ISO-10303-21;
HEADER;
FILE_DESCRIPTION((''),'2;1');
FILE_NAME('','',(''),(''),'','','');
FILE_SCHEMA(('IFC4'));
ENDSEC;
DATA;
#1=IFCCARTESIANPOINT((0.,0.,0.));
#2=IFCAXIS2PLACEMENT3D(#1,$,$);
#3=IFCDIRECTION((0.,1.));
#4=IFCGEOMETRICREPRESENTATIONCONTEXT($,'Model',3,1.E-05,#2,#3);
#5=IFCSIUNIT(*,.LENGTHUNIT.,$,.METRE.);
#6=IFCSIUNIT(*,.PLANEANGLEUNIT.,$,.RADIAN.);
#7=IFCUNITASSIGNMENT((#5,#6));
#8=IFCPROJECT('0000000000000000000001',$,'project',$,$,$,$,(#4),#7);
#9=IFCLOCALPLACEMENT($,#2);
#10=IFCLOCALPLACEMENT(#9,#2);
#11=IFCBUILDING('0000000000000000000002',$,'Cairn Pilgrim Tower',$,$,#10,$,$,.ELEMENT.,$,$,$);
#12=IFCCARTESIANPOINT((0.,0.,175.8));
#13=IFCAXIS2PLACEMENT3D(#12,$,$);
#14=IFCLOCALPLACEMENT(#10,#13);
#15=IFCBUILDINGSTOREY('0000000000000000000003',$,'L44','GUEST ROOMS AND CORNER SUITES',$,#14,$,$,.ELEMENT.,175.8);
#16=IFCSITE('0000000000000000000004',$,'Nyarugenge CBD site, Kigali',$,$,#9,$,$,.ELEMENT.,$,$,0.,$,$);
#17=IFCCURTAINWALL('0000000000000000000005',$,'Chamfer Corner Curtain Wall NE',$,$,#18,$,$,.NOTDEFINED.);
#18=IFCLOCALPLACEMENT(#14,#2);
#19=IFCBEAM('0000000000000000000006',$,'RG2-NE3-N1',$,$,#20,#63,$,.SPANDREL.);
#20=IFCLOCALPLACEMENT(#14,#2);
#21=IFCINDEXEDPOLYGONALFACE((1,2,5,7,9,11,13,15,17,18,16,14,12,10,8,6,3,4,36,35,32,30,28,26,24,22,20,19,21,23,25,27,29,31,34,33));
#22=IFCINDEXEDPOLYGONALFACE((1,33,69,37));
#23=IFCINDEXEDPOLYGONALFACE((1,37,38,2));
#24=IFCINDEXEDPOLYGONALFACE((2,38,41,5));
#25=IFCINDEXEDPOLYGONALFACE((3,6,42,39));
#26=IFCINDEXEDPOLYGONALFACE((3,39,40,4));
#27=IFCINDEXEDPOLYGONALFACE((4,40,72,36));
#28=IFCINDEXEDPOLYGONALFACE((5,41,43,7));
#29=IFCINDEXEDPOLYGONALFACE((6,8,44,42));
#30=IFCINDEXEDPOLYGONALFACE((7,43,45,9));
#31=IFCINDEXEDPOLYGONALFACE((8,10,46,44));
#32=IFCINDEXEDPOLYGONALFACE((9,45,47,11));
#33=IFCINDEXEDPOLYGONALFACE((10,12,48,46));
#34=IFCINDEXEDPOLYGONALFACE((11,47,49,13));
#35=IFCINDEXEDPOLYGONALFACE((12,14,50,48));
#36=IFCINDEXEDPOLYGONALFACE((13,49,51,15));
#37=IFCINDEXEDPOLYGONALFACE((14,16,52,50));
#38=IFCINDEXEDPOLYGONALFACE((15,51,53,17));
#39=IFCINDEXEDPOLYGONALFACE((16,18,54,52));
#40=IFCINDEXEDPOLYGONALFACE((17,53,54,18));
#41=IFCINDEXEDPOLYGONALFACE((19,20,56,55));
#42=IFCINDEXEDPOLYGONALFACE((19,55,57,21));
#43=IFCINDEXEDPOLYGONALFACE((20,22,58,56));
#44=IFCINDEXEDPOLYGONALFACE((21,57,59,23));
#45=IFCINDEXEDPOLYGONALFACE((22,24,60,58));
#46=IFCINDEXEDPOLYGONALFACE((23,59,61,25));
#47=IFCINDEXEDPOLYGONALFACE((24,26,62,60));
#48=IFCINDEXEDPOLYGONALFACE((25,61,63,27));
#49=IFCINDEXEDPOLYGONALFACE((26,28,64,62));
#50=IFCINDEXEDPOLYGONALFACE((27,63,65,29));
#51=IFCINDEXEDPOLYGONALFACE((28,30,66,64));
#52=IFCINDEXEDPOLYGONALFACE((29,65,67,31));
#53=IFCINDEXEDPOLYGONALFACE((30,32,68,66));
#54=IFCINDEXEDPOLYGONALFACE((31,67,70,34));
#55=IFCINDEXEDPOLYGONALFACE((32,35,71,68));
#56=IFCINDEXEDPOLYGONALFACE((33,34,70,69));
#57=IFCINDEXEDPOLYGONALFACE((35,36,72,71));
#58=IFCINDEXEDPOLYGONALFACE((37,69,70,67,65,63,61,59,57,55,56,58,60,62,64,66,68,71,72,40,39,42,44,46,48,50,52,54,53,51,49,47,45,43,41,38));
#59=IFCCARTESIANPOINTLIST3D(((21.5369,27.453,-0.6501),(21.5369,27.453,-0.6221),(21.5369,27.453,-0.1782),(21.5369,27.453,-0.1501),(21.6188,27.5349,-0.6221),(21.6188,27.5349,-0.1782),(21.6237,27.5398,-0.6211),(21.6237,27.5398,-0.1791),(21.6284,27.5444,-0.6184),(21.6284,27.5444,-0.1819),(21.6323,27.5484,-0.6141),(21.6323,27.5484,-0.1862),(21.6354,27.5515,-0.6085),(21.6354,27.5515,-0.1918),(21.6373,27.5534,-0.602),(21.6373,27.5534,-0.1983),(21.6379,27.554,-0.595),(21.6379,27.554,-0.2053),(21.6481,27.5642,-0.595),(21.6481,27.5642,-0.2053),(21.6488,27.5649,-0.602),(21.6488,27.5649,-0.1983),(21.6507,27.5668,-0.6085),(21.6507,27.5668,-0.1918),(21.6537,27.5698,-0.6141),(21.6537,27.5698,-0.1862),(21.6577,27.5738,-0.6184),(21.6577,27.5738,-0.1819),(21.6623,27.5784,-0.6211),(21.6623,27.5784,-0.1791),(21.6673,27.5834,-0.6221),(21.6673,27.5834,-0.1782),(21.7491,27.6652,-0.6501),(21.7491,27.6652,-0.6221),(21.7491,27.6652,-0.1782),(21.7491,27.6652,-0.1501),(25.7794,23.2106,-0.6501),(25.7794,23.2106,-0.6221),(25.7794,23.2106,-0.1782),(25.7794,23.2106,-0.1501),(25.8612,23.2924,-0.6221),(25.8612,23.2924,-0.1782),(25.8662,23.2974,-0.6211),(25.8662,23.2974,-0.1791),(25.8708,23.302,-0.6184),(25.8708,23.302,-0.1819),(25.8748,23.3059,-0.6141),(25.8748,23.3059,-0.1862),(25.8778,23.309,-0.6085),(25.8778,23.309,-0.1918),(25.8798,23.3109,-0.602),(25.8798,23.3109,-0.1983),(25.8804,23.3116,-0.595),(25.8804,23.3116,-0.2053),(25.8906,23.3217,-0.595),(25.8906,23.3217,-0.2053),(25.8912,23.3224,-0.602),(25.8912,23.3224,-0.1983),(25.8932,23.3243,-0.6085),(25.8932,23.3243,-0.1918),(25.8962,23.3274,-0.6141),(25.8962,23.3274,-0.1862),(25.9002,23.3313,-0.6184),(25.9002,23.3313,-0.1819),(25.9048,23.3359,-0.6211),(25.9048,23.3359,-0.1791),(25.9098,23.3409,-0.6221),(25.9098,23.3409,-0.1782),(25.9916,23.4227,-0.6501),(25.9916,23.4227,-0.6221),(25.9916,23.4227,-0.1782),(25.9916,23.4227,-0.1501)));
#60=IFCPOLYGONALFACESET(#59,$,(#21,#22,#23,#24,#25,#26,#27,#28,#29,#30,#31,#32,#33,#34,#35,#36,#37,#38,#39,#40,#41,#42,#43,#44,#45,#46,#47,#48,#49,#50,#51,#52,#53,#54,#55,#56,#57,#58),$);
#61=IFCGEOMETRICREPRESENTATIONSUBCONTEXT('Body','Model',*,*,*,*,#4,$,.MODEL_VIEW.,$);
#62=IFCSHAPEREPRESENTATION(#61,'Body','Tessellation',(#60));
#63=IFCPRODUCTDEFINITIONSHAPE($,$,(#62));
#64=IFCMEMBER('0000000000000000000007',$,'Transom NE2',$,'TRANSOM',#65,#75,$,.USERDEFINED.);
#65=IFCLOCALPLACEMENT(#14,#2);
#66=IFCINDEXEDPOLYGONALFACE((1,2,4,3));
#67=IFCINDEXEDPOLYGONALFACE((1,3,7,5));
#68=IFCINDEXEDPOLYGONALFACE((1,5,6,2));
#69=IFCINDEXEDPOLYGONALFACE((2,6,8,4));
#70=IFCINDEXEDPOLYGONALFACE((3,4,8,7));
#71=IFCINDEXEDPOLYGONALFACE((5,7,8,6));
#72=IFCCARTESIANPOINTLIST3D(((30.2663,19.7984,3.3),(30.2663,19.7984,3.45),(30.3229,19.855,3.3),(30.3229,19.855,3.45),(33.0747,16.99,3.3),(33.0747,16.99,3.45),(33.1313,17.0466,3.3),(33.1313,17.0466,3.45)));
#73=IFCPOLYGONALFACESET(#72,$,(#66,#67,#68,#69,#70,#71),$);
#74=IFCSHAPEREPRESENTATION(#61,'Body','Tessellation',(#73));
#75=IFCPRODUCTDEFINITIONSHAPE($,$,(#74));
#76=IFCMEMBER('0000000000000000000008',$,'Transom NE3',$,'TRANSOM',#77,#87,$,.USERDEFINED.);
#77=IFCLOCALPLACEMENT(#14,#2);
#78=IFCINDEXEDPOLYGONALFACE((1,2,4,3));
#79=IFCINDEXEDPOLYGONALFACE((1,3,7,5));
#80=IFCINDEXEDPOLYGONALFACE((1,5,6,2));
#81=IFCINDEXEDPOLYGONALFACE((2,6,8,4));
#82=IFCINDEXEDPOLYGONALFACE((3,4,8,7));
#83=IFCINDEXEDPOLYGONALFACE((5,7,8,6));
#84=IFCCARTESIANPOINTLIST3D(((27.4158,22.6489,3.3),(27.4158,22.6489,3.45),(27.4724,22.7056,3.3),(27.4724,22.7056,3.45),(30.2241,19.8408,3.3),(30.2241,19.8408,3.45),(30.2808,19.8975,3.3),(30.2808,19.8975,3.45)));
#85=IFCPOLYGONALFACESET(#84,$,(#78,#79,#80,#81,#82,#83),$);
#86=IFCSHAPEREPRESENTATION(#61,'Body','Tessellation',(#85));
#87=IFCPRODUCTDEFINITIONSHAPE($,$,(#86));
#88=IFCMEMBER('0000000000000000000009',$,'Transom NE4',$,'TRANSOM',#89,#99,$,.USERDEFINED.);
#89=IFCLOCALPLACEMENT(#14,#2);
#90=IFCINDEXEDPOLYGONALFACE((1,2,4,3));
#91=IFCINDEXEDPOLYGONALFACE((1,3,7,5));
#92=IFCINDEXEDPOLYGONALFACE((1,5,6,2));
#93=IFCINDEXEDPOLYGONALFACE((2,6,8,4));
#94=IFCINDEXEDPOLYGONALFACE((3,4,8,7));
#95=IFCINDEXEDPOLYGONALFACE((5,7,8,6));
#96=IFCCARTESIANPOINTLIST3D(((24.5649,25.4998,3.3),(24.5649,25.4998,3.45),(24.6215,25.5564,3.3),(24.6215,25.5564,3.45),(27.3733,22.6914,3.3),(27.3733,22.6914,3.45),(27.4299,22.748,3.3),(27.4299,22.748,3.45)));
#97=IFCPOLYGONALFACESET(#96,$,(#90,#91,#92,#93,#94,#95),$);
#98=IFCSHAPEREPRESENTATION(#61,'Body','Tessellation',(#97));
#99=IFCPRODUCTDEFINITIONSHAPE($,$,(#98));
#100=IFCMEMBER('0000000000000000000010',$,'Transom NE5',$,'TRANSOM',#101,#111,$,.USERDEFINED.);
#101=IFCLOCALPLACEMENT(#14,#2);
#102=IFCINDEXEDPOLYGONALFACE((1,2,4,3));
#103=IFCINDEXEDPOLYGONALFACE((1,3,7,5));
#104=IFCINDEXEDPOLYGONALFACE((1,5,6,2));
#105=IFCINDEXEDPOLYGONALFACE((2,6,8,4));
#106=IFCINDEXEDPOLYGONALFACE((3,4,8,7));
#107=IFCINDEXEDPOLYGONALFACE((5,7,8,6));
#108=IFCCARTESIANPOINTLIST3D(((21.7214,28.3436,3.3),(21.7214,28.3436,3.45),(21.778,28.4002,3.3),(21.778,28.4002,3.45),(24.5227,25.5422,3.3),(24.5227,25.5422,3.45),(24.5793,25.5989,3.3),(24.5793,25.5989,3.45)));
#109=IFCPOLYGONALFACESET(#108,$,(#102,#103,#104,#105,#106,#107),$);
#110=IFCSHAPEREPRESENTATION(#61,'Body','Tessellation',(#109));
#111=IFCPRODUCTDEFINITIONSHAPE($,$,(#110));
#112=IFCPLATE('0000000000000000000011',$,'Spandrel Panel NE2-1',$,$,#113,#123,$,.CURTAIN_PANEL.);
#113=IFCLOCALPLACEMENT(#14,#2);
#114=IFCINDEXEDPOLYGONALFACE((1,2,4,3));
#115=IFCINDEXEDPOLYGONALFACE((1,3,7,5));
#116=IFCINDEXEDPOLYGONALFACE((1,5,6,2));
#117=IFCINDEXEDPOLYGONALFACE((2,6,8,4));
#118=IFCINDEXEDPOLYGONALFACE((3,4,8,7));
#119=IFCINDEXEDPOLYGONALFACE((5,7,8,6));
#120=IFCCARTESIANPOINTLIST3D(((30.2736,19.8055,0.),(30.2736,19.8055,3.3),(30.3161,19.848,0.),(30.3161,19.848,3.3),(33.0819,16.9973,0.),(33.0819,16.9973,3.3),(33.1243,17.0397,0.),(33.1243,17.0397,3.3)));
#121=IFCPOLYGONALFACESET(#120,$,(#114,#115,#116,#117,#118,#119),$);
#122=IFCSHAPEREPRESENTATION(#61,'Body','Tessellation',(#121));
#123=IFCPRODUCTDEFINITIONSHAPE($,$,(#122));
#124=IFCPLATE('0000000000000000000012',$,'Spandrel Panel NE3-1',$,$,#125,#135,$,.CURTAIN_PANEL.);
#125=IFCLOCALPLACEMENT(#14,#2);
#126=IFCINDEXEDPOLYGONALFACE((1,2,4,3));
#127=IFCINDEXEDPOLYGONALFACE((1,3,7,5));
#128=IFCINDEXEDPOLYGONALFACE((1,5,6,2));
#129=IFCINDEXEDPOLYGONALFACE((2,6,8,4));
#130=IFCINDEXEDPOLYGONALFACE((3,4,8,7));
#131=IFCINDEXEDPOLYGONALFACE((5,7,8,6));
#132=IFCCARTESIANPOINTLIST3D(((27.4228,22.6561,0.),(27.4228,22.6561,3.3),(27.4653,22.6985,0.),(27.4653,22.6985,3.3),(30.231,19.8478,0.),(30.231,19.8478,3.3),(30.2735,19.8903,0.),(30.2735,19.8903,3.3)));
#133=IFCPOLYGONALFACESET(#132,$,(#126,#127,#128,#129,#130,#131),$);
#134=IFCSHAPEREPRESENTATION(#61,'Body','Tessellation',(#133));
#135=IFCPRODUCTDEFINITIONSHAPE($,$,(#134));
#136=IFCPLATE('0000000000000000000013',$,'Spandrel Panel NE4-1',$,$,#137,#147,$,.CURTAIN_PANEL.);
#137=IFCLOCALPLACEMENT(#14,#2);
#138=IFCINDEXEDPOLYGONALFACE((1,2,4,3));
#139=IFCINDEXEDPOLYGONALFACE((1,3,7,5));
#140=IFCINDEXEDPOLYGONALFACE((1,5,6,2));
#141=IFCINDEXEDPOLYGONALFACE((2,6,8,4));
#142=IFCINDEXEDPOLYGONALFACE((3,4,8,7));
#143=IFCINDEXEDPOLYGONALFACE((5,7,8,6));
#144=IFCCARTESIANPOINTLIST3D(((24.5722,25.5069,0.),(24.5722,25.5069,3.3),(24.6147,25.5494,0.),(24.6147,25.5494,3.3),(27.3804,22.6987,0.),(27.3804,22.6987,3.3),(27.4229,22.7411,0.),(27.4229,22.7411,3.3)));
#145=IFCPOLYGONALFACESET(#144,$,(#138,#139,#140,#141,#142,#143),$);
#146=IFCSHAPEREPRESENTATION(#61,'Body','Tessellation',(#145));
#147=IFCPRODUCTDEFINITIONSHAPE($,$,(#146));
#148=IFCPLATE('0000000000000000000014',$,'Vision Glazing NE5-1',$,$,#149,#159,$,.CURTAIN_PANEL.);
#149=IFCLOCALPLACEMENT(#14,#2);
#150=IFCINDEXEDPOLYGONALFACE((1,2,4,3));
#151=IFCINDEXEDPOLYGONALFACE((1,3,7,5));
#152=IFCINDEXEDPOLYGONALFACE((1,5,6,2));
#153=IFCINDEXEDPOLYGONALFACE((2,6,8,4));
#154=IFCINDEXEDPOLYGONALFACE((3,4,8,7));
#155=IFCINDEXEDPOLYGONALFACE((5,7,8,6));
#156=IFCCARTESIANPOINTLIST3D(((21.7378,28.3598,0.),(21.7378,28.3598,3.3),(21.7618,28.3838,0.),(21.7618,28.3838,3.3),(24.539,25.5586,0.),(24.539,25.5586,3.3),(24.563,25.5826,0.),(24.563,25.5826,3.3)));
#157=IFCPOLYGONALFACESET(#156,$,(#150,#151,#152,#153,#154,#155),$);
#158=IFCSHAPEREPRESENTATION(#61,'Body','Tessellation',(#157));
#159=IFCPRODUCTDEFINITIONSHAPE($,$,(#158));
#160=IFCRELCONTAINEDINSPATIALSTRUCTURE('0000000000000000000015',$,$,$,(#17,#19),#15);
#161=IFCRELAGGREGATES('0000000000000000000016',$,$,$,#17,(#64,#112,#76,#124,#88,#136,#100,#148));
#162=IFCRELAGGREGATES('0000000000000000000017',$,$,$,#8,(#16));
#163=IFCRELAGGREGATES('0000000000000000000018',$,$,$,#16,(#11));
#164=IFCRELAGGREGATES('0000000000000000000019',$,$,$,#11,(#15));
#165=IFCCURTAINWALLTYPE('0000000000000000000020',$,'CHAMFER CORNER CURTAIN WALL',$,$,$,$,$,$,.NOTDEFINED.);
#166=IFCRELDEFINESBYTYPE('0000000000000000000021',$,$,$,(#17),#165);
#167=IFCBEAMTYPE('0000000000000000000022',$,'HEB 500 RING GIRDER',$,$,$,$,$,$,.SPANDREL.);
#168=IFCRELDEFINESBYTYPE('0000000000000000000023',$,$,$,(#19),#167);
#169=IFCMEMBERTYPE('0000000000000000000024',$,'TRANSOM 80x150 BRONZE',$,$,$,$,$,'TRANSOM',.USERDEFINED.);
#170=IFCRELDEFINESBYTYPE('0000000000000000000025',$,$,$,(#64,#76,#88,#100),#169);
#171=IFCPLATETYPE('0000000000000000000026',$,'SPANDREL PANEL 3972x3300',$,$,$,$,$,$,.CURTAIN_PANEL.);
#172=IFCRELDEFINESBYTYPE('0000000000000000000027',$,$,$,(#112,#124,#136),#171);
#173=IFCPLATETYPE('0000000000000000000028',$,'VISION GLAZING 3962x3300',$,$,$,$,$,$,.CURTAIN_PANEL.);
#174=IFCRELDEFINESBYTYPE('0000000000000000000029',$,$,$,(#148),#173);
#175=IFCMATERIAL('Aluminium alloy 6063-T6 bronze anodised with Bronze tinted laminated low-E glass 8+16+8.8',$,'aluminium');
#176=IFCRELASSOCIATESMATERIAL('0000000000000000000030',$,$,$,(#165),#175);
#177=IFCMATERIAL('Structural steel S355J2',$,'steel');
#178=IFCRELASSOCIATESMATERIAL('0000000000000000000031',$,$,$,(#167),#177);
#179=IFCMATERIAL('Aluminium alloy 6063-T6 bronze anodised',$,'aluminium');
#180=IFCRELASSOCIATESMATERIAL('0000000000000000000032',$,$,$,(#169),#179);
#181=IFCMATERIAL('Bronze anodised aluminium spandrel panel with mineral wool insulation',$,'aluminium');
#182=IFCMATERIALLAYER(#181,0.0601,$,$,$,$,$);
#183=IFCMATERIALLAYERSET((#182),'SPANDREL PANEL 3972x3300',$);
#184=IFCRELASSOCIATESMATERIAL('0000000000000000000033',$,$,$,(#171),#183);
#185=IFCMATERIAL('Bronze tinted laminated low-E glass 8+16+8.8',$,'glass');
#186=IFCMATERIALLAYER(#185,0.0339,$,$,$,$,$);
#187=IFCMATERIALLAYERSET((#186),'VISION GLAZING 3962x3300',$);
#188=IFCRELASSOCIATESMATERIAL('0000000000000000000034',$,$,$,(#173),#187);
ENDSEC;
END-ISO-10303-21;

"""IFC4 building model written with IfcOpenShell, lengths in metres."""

from ifc_helpers import new_model, si_unit, direction, frame, origin, origin_2d, place, context, subcontext, project, spatial, rectangle, i_section, extrude, material, layer, layer_set, material_profile, profile_set, type_object, element, aggregate, save


model = new_model("IFC4")

# Units and contexts
model_context = context("Model", 3, precision=1e-05, world=origin(), true_north=direction((0.0, 1.0)))
body_context = subcontext(model_context, "Body", "Model", "MODEL_VIEW")
ifc_project = project(units=[si_unit("LENGTHUNIT", "METRE"), si_unit("PLANEANGLEUNIT", "RADIAN")], contexts=[model_context])

# Site, building, storey
site_placement = place(None, origin())
site = spatial("IfcSite", under=ifc_project, at=site_placement, Name="Nyarugenge CBD site, Kigali", CompositionType="ELEMENT", RefElevation=0.0)
building_placement = place(site_placement, origin())
building = spatial("IfcBuilding", under=site, at=building_placement, Name="Cairn Pilgrim Tower", CompositionType="ELEMENT")
storey_placement = place(building_placement, frame((0.0, 0.0, 175.8)))
storey = spatial("IfcBuildingStorey", under=building, at=storey_placement, Name="L44", Description="GUEST ROOMS AND CORNER SUITES", CompositionType="ELEMENT", Elevation=175.8)

# Shared definitions
ifc_material_1 = material(Name="Structural steel S355J2", Category="steel")

# Curtain wall
ifc_material_2 = material(Name="Aluminium alloy 6063-T6 bronze anodised with Bronze tinted laminated low-E glass 8+16+8.8", Category="aluminium")
curtain_wall_type_1 = type_object("IfcCurtainWallType", Name="CHAMFER CORNER CURTAIN WALL", PredefinedType="NOTDEFINED", material=ifc_material_2)
curtain_wall_1_placement = place(storey_placement, origin())
curtain_wall_1 = element("IfcCurtainWall", 1, at=curtain_wall_1_placement, inside=storey, type_object=curtain_wall_type_1, Name="Chamfer Corner Curtain Wall NE", PredefinedType="NOTDEFINED")
ifc_material_3 = material(Name="Aluminium alloy 6063-T6 bronze anodised", Category="aluminium")

# Beam
ifc_material_profile_1 = material_profile(ifc_material_1, i_section(OverallWidth=0.3, OverallDepth=0.5, WebThickness=0.0144, FlangeThickness=0.0281, FilletRadius=0.0271, at=origin_2d()), Name="HEB 500")
ifc_profile_set_1 = profile_set([ifc_material_profile_1], Name="Structural steel S355J2")
beam_type_1 = type_object("IfcBeamType", Name="HEB 500 RING GIRDER", PredefinedType="SPANDREL", material=ifc_profile_set_1)
beam_1_placement = place(storey_placement, frame((25.8855, 23.3167, -0.4001), z_axis=(-0.707107, 0.707107, 0.0), x_axis=(-0.707107, -0.707107, 0.0)))
element("IfcBeam", 2, at=beam_1_placement, inside=storey, type_object=beam_type_1, Name="RG2-NE3-N1", PredefinedType="SPANDREL", context=body_context, shape_type="SweptSolid", body=[
    extrude(i_section(OverallWidth=0.3, OverallDepth=0.5, WebThickness=0.0144, FlangeThickness=0.0281, FilletRadius=0.0271, at=origin_2d()), origin(), (0.0, 0.0, 1.0), 5.9998),
])

# Members
ifc_material_profile_2 = material_profile(ifc_material_3, rectangle(XDim=0.0801, YDim=0.1499, at=origin_2d()), Name="TRANSOM 80x150 BRONZE")
ifc_profile_set_2 = profile_set([ifc_material_profile_2], Name="Aluminium alloy 6063-T6 bronze anodised")
member_type_1 = type_object("IfcMemberType", Name="TRANSOM 80x150 BRONZE", ElementType="TRANSOM", PredefinedType="USERDEFINED", material=ifc_profile_set_2)
member_1_placement = place(storey_placement, frame((33.103, 17.0183, 3.375), z_axis=(-0.707107, 0.707107, 0.0), x_axis=(-0.707107, -0.707107, 0.0)))
member_1 = element("IfcMember", 3, at=member_1_placement, type_object=member_type_1, Name="Transom NE2", ObjectType="TRANSOM", PredefinedType="USERDEFINED", context=body_context, shape_type="SweptSolid", body=[
    extrude(rectangle(XDim=0.0801, YDim=0.1499, at=origin_2d()), origin(), (0.0, 0.0, 1.0), 3.9717),
])
member_2_placement = place(storey_placement, frame((30.2524, 19.8691, 3.375), z_axis=(-0.707138, 0.707076, 0.0), x_axis=(-0.707076, -0.707138, 0.0)))
member_2 = element("IfcMember", 4, at=member_2_placement, type_object=member_type_1, Name="Transom NE3", ObjectType="TRANSOM", PredefinedType="USERDEFINED", context=body_context, shape_type="SweptSolid", body=[
    extrude(rectangle(XDim=0.0801, YDim=0.1499, at=origin_2d()), origin(), (0.0, 0.0, 1.0), 3.9714),
])
member_3_placement = place(storey_placement, frame((27.4016, 22.7197, 3.375), z_axis=(-0.707107, 0.707107, 0.0), x_axis=(-0.707107, -0.707107, 0.0)))
member_3 = element("IfcMember", 5, at=member_3_placement, type_object=member_type_1, Name="Transom NE4", ObjectType="TRANSOM", PredefinedType="USERDEFINED", context=body_context, shape_type="SweptSolid", body=[
    extrude(rectangle(XDim=0.0801, YDim=0.1499, at=origin_2d()), origin(), (0.0, 0.0, 1.0), 3.9717),
])
member_4_placement = place(storey_placement, frame((24.551, 25.5706, 3.375), z_axis=(-0.707107, 0.707107, 0.0), x_axis=(-0.707107, -0.707107, 0.0)))
member_4 = element("IfcMember", 6, at=member_4_placement, type_object=member_type_1, Name="Transom NE5", ObjectType="TRANSOM", PredefinedType="USERDEFINED", context=body_context, shape_type="SweptSolid", body=[
    extrude(rectangle(XDim=0.0801, YDim=0.1499, at=origin_2d()), origin(), (0.0, 0.0, 1.0), 3.9617),
])

# Plates
ifc_material_4 = material(Name="Bronze anodised aluminium spandrel panel with mineral wool insulation", Category="aluminium")
ifc_layer_1 = layer(ifc_material_4, 0.0601)
ifc_layer_set_1 = layer_set([ifc_layer_1], Name="SPANDREL PANEL 3972x3300")
plate_type_1 = type_object("IfcPlateType", Name="SPANDREL PANEL 3972x3300", PredefinedType="CURTAIN_PANEL", material=ifc_layer_set_1)
plate_1_placement = place(storey_placement, frame((31.699, 18.4226, 0.0), z_axis=(0.0, 0.0, 1.0), x_axis=(-0.707107, 0.707107, 0.0)))
plate_1 = element("IfcPlate", 7, at=plate_1_placement, type_object=plate_type_1, Name="Spandrel Panel NE2-1", PredefinedType="CURTAIN_PANEL", context=body_context, shape_type="SweptSolid", body=[
    extrude(rectangle(XDim=3.9714, YDim=0.0601, at=origin_2d()), origin(), (0.0, 0.0, 1.0), 3.3),
])
plate_2_placement = place(storey_placement, frame((28.8481, 21.2732, 0.0), z_axis=(0.0, 0.0, 1.0), x_axis=(-0.707107, 0.707107, 0.0)))
plate_2 = element("IfcPlate", 8, at=plate_2_placement, type_object=plate_type_1, Name="Spandrel Panel NE3-1", PredefinedType="CURTAIN_PANEL", context=body_context, shape_type="SweptSolid", body=[
    extrude(rectangle(XDim=3.9714, YDim=0.0601, at=origin_2d()), origin(), (0.0, 0.0, 1.0), 3.3),
])
plate_3_placement = place(storey_placement, frame((25.9976, 24.124, 0.0), z_axis=(0.0, 0.0, 1.0), x_axis=(-0.707107, 0.707107, 0.0)))
plate_3 = element("IfcPlate", 9, at=plate_3_placement, type_object=plate_type_1, Name="Spandrel Panel NE4-1", PredefinedType="CURTAIN_PANEL", context=body_context, shape_type="SweptSolid", body=[
    extrude(rectangle(XDim=3.9714, YDim=0.0601, at=origin_2d()), origin(), (0.0, 0.0, 1.0), 3.3),
])
ifc_material_5 = material(Name="Bronze tinted laminated low-E glass 8+16+8.8", Category="glass")
ifc_layer_2 = layer(ifc_material_5, 0.0339)
ifc_layer_set_2 = layer_set([ifc_layer_2], Name="VISION GLAZING 3962x3300")
plate_type_2 = type_object("IfcPlateType", Name="VISION GLAZING 3962x3300", PredefinedType="CURTAIN_PANEL", material=ifc_layer_set_2)
plate_4_placement = place(storey_placement, frame((23.1504, 26.9712, 0.0), z_axis=(0.0, 0.0, 1.0), x_axis=(-0.707107, 0.707107, 0.0)))
plate_4 = element("IfcPlate", 10, at=plate_4_placement, type_object=plate_type_2, Name="Vision Glazing NE5-1", PredefinedType="CURTAIN_PANEL", context=body_context, shape_type="SweptSolid", body=[
    extrude(rectangle(XDim=3.9614, YDim=0.0339, at=origin_2d()), origin(), (0.0, 0.0, 1.0), 3.3),
])
aggregate(curtain_wall_1, [member_1, plate_1, member_2, plate_2, member_3, plate_3, member_4, plate_4])

save(model, "model.ifc")
